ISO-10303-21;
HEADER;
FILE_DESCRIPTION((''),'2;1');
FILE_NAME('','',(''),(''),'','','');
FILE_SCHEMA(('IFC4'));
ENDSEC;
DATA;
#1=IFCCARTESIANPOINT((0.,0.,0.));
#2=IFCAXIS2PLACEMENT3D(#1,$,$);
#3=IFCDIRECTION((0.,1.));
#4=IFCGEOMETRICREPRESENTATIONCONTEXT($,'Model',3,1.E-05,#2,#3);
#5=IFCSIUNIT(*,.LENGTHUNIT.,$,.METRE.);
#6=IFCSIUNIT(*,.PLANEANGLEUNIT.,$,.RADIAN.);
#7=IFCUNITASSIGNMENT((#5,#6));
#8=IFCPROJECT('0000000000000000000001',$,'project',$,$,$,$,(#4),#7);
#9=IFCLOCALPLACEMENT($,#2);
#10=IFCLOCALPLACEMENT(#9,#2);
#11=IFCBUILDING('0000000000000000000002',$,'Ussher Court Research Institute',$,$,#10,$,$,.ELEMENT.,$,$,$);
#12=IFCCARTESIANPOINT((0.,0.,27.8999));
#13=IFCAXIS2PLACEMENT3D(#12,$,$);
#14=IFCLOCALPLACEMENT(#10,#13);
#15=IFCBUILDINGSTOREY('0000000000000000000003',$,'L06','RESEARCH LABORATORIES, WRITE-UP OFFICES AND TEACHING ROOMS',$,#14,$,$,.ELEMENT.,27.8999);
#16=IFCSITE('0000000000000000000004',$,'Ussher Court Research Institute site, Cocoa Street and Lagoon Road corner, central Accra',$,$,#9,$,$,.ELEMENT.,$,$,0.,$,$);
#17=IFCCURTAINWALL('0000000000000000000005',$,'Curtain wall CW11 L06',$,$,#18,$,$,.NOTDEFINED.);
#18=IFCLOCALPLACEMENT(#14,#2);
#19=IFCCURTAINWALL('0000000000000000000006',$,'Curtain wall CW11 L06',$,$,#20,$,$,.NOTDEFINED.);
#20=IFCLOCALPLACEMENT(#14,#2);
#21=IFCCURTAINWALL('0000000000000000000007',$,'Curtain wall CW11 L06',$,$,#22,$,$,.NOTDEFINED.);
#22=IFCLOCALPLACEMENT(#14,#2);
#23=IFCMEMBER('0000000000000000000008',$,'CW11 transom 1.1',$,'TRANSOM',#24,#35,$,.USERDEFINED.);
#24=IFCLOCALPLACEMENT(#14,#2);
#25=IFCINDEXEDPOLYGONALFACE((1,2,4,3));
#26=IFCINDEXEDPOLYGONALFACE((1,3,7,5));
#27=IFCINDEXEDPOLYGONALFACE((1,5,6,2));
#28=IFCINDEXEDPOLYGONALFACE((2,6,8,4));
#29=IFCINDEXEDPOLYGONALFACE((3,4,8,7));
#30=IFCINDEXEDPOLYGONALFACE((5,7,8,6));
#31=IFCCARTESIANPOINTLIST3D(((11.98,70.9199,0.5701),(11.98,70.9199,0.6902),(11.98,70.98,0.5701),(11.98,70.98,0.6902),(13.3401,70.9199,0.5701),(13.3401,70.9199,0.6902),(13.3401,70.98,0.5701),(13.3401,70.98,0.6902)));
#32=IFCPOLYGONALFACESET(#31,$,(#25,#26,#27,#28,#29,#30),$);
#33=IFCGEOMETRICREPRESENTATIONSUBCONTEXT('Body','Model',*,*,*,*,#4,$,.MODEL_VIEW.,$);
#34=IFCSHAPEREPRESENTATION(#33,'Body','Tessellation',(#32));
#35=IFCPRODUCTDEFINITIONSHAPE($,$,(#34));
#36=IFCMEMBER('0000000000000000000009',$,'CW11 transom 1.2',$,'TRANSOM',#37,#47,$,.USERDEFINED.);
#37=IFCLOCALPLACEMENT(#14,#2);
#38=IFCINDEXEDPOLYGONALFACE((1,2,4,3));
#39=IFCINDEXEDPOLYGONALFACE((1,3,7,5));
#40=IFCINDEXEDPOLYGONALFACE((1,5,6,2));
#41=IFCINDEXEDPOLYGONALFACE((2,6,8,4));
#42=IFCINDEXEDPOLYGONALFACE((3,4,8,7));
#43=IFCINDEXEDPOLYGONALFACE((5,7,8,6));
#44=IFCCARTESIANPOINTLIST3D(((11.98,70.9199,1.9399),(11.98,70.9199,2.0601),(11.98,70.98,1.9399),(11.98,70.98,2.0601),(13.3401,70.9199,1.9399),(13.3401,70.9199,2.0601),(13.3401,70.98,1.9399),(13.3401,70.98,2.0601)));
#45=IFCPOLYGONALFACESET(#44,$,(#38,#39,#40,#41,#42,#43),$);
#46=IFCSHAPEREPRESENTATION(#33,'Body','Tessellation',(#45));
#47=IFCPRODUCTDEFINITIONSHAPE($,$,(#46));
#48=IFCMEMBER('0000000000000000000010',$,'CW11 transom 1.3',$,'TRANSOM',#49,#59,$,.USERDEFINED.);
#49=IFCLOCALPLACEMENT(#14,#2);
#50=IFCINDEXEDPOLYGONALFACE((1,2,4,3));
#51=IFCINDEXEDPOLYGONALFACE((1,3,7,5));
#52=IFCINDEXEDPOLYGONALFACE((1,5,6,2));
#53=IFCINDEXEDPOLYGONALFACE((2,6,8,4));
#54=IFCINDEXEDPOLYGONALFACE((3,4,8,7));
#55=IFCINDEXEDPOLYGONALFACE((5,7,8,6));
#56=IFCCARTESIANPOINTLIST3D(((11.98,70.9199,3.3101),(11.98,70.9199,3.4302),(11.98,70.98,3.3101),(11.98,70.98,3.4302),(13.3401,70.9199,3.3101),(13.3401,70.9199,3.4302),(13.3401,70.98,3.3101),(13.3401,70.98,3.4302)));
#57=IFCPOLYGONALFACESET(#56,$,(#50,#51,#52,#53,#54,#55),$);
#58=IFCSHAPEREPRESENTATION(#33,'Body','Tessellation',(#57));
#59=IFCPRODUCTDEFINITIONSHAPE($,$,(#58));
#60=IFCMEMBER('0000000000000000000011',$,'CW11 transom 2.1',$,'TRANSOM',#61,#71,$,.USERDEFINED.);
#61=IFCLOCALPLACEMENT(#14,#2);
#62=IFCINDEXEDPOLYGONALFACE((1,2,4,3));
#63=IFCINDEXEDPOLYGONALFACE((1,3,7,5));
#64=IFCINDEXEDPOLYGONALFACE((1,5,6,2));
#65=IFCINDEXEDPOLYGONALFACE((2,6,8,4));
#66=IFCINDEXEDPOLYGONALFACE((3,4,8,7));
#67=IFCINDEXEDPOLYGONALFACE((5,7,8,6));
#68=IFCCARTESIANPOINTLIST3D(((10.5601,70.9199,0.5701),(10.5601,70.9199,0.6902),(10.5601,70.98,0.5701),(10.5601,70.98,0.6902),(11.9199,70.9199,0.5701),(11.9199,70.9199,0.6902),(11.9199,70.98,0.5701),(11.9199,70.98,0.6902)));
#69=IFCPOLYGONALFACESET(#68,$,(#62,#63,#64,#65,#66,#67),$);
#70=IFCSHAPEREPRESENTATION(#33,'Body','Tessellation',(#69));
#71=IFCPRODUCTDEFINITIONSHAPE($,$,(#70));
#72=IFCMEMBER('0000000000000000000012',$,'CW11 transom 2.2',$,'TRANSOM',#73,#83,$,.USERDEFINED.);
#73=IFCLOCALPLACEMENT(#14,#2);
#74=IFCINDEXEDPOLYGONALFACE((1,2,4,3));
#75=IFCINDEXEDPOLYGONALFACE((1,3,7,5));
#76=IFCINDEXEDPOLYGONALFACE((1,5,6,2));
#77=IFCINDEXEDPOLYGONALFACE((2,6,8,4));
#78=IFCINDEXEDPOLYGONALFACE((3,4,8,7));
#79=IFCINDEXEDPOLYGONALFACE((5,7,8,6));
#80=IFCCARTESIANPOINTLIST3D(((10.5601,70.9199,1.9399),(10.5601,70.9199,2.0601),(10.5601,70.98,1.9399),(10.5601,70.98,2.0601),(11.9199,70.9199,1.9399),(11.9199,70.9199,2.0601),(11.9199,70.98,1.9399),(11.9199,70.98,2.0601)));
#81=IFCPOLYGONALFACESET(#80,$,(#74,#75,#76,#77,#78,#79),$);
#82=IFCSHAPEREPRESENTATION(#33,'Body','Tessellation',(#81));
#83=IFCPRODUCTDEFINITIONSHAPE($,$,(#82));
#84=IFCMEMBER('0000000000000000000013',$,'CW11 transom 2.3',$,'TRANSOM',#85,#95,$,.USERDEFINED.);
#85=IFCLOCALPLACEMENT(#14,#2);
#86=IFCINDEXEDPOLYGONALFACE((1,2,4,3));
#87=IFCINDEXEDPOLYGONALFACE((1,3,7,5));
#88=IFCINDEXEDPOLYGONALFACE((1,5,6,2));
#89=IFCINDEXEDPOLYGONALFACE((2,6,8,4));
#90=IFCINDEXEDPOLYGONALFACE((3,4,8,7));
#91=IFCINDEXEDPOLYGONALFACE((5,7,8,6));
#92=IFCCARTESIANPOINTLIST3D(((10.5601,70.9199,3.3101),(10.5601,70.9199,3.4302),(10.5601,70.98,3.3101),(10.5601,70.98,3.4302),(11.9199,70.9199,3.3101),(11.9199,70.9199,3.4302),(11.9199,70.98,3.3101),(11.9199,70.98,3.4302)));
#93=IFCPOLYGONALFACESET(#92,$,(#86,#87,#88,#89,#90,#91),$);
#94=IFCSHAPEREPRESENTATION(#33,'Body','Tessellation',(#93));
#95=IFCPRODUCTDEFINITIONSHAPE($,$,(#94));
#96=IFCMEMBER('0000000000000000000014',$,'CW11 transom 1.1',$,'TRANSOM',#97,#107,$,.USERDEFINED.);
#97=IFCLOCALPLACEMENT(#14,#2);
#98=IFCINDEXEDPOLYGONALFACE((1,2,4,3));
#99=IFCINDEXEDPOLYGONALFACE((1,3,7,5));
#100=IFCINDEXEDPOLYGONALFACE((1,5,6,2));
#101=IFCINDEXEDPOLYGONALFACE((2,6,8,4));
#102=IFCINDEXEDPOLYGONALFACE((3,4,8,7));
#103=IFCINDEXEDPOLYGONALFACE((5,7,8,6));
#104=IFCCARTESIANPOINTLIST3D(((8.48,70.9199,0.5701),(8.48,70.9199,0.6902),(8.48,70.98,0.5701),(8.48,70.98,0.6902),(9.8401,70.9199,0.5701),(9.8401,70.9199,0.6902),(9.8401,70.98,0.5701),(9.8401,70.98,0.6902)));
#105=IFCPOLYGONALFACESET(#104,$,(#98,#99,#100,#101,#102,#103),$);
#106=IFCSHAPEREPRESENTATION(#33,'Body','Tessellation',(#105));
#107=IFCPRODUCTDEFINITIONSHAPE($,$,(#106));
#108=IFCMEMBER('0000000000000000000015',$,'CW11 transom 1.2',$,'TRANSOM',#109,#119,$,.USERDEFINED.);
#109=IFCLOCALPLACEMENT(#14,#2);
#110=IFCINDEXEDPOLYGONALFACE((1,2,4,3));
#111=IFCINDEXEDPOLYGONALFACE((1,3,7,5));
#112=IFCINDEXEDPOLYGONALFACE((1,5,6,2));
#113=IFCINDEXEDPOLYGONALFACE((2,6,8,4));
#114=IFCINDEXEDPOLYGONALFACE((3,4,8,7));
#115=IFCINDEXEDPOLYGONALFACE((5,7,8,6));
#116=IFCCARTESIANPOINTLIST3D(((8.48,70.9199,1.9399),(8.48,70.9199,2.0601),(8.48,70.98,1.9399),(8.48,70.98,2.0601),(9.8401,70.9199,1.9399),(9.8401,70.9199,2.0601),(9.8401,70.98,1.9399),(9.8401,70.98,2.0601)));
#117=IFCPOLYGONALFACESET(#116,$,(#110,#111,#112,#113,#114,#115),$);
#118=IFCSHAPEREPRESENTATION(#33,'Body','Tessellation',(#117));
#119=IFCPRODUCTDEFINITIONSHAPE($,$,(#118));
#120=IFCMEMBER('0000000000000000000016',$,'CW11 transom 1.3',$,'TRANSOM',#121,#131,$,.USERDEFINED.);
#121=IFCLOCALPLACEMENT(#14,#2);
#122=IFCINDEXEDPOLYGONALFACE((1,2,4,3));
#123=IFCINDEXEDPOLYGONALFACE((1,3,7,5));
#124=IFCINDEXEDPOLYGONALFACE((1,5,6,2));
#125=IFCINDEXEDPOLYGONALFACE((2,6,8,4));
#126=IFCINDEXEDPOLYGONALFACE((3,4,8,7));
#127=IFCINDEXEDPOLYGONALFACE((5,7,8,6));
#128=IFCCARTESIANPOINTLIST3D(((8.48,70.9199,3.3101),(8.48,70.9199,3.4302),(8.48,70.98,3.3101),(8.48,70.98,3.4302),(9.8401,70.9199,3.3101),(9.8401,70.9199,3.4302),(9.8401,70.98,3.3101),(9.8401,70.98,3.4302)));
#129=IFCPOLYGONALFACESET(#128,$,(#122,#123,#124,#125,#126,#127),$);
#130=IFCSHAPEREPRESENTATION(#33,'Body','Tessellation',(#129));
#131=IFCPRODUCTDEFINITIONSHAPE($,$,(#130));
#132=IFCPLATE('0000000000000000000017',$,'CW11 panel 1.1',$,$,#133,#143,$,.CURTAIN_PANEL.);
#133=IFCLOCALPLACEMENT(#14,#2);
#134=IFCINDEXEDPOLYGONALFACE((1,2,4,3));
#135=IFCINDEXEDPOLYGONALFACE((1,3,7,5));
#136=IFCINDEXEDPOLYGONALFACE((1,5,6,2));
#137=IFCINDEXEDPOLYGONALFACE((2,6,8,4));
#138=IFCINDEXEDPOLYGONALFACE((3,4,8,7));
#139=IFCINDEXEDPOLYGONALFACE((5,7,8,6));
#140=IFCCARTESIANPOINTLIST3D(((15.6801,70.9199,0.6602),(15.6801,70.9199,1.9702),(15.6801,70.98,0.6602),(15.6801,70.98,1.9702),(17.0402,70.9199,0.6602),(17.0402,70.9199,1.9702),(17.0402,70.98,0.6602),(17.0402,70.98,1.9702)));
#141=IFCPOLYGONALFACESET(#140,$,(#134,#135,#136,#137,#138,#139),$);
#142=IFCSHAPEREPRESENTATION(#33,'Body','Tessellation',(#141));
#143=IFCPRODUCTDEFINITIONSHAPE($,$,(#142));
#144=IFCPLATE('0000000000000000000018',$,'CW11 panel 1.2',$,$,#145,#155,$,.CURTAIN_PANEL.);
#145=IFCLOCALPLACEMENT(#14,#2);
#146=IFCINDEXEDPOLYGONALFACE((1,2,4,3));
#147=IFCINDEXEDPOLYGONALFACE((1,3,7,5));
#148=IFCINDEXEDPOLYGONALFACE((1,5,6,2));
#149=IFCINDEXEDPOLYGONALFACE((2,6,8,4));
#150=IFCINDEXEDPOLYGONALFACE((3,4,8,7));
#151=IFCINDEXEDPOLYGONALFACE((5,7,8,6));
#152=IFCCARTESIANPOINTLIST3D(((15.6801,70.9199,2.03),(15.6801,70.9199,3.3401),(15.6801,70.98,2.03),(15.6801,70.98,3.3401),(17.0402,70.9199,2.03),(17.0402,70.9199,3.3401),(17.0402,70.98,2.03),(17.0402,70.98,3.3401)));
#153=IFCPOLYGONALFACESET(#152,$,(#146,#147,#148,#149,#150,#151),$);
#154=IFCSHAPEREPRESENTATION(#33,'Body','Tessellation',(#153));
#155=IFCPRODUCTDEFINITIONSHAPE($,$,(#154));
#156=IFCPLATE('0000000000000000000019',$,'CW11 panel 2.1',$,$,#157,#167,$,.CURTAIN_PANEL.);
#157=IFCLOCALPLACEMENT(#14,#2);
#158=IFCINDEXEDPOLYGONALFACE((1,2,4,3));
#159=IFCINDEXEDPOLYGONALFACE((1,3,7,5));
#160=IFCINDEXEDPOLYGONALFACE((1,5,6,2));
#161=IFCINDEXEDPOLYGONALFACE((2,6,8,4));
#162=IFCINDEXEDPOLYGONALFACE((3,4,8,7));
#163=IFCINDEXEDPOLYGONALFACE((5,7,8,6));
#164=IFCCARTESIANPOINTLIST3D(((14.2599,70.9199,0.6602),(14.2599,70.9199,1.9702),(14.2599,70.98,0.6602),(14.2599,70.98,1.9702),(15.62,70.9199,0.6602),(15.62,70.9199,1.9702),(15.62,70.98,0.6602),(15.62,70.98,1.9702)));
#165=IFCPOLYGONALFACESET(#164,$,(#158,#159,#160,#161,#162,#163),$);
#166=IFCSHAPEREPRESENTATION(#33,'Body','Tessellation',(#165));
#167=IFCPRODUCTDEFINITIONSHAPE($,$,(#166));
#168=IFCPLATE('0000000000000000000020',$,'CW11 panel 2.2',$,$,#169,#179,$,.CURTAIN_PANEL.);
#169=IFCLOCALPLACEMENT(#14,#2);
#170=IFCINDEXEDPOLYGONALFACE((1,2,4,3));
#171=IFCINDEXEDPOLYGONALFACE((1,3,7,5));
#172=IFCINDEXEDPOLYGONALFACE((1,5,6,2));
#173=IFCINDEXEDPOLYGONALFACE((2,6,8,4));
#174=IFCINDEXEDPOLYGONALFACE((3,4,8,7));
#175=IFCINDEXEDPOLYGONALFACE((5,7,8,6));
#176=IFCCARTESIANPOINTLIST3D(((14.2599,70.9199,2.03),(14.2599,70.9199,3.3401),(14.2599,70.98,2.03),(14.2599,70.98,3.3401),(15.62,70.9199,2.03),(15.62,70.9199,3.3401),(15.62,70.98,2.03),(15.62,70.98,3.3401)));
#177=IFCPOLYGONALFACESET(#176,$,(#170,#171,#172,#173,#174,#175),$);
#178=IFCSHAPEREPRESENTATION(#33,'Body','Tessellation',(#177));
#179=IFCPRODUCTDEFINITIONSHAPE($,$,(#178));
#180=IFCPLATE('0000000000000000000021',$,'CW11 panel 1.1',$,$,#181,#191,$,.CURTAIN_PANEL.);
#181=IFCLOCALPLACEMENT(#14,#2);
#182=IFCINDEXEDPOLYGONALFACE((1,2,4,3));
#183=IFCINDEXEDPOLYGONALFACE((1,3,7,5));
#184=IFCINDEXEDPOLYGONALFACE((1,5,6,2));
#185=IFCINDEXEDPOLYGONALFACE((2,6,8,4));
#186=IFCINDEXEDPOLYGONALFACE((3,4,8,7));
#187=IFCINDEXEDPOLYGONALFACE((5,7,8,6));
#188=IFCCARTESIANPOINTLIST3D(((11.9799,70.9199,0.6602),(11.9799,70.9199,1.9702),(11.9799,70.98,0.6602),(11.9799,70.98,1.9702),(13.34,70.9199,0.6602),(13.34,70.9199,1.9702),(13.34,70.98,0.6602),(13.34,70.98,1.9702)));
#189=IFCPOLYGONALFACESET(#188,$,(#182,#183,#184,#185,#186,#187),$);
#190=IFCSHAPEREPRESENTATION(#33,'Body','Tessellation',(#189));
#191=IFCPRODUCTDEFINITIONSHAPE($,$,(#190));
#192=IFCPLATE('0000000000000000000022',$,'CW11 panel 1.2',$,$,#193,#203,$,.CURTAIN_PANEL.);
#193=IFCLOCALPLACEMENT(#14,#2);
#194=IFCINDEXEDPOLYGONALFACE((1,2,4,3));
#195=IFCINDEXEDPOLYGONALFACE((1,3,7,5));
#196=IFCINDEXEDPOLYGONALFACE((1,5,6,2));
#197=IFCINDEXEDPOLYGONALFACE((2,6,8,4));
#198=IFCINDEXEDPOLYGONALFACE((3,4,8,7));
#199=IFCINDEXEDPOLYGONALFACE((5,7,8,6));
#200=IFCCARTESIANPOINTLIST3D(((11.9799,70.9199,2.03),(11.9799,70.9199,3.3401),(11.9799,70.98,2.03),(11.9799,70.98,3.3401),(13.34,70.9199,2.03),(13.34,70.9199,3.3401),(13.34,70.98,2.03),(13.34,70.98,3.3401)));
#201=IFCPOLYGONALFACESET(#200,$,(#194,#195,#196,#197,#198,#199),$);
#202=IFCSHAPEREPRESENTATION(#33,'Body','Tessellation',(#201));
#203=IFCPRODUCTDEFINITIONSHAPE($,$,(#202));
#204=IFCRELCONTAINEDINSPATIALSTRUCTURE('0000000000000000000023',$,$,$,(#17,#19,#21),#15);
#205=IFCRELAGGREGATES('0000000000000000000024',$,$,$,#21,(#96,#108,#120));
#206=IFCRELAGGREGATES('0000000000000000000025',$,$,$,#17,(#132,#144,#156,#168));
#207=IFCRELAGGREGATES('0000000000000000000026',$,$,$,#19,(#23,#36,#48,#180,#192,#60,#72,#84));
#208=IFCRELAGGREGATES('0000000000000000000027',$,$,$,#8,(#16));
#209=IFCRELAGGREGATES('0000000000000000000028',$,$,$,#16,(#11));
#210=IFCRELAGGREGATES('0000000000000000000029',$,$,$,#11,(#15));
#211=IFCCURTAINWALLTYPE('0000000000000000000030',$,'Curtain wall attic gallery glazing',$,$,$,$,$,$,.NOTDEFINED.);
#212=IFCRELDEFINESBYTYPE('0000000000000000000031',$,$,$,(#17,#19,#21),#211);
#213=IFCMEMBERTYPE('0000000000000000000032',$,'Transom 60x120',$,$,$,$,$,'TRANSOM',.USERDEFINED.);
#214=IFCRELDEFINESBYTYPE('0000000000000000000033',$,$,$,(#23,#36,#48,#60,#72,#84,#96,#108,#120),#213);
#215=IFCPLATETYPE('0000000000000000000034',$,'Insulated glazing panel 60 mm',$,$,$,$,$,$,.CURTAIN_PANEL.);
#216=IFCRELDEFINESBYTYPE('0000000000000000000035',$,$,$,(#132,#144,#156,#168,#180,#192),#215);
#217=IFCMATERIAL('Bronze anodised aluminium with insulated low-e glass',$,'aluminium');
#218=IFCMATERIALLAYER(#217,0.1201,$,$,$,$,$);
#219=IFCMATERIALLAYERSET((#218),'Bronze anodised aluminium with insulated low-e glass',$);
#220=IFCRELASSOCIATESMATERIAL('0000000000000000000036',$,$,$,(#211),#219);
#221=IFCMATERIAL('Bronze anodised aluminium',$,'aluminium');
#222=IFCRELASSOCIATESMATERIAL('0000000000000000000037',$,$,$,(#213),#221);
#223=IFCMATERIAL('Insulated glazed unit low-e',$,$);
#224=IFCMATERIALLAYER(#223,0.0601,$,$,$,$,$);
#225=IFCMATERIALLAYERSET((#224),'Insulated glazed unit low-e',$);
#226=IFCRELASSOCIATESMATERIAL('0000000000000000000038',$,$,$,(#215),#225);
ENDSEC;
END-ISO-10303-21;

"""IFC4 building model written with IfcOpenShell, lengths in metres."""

from ifc_helpers import new_model, si_unit, direction, frame, origin, origin_2d, place, context, subcontext, project, spatial, rectangle, extrude, material, layer, layer_set, material_profile, profile_set, type_object, element, aggregate, save


model = new_model("IFC4")

# Units and contexts
model_context = context("Model", 3, precision=1e-05, world=origin(), true_north=direction((0.0, 1.0)))
body_context = subcontext(model_context, "Body", "Model", "MODEL_VIEW")
ifc_project = project(units=[si_unit("LENGTHUNIT", "METRE"), si_unit("PLANEANGLEUNIT", "RADIAN")], contexts=[model_context])

# Site, building, storey
site_placement = place(None, origin())
site = spatial("IfcSite", under=ifc_project, at=site_placement, Name="Ussher Court Research Institute site, Cocoa Street and Lagoon Road corner, central Accra", CompositionType="ELEMENT", RefElevation=0.0)
building_placement = place(site_placement, origin())
building = spatial("IfcBuilding", under=site, at=building_placement, Name="Ussher Court Research Institute", CompositionType="ELEMENT")
storey_placement = place(building_placement, frame((0.0, 0.0, 27.8999)))
storey = spatial("IfcBuildingStorey", under=building, at=storey_placement, Name="L06", Description="RESEARCH LABORATORIES, WRITE-UP OFFICES AND TEACHING ROOMS", CompositionType="ELEMENT", Elevation=27.8999)

# Curtain walls
ifc_material_1 = material(Name="Bronze anodised aluminium with insulated low-e glass", Category="aluminium")
ifc_layer_1 = layer(ifc_material_1, 0.1201)
ifc_layer_set_1 = layer_set([ifc_layer_1], Name="Bronze anodised aluminium with insulated low-e glass")
curtain_wall_type = type_object("IfcCurtainWallType", Name="Curtain wall attic gallery glazing", PredefinedType="NOTDEFINED", material=ifc_layer_set_1)
curtain_wall_1_placement = place(storey_placement, origin())
curtain_wall_1 = element("IfcCurtainWall", 1, at=curtain_wall_1_placement, inside=storey, type_object=curtain_wall_type, Name="Curtain wall CW11 L06", PredefinedType="NOTDEFINED")
curtain_wall_2_placement = place(storey_placement, origin())
curtain_wall_2 = element("IfcCurtainWall", 2, at=curtain_wall_2_placement, inside=storey, type_object=curtain_wall_type, Name="Curtain wall CW11 L06", PredefinedType="NOTDEFINED")

# Curtain wall
curtain_wall_3_placement = place(storey_placement, origin())
curtain_wall_3 = element("IfcCurtainWall", 3, at=curtain_wall_3_placement, inside=storey, type_object=curtain_wall_type, Name="Curtain wall CW11 L06", PredefinedType="NOTDEFINED")

# Members
ifc_material_2 = material(Name="Bronze anodised aluminium", Category="aluminium")
ifc_material_profile_1 = material_profile(ifc_material_2, rectangle(XDim=0.0601, YDim=0.1201, at=origin_2d()), Name="Transom 60x120")
ifc_profile_set_1 = profile_set([ifc_material_profile_1], Name="Bronze anodised aluminium")
member_type_1 = type_object("IfcMemberType", Name="Transom 60x120", ElementType="TRANSOM", PredefinedType="USERDEFINED", material=ifc_profile_set_1)
member_1_placement = place(storey_placement, frame((13.3401, 70.95, 0.6301), z_axis=(-1.0, 0.0, 0.0), x_axis=(0.0, -1.0, 0.0)))
member_1 = element("IfcMember", 4, at=member_1_placement, type_object=member_type_1, Name="CW11 transom 1.1", ObjectType="TRANSOM", PredefinedType="USERDEFINED", context=body_context, shape_type="SweptSolid", body=[
    extrude(rectangle(XDim=0.0601, YDim=0.1201, at=origin_2d()), origin(), (0.0, 0.0, 1.0), 1.3601),
])
member_2_placement = place(storey_placement, frame((13.3401, 70.95, 2.0), z_axis=(-1.0, 0.0, 0.0), x_axis=(0.0, -1.0, 0.0)))
member_2 = element("IfcMember", 5, at=member_2_placement, type_object=member_type_1, Name="CW11 transom 1.2", ObjectType="TRANSOM", PredefinedType="USERDEFINED", context=body_context, shape_type="SweptSolid", body=[
    extrude(rectangle(XDim=0.0601, YDim=0.1201, at=origin_2d()), origin(), (0.0, 0.0, 1.0), 1.3601),
])
member_3_placement = place(storey_placement, frame((13.3401, 70.95, 3.3701), z_axis=(-1.0, 0.0, 0.0), x_axis=(0.0, -1.0, 0.0)))
member_3 = element("IfcMember", 6, at=member_3_placement, type_object=member_type_1, Name="CW11 transom 1.3", ObjectType="TRANSOM", PredefinedType="USERDEFINED", context=body_context, shape_type="SweptSolid", body=[
    extrude(rectangle(XDim=0.0601, YDim=0.1201, at=origin_2d()), origin(), (0.0, 0.0, 1.0), 1.3601),
])
member_4_placement = place(storey_placement, frame((11.9199, 70.95, 0.6301), z_axis=(-1.0, 0.0, 0.0), x_axis=(0.0, -1.0, 0.0)))
member_4 = element("IfcMember", 7, at=member_4_placement, type_object=member_type_1, Name="CW11 transom 2.1", ObjectType="TRANSOM", PredefinedType="USERDEFINED", context=body_context, shape_type="SweptSolid", body=[
    extrude(rectangle(XDim=0.0601, YDim=0.1201, at=origin_2d()), origin(), (0.0, 0.0, 1.0), 1.3599),
])
member_5_placement = place(storey_placement, frame((11.9199, 70.95, 2.0), z_axis=(-1.0, 0.0, 0.0), x_axis=(0.0, -1.0, 0.0)))
member_5 = element("IfcMember", 8, at=member_5_placement, type_object=member_type_1, Name="CW11 transom 2.2", ObjectType="TRANSOM", PredefinedType="USERDEFINED", context=body_context, shape_type="SweptSolid", body=[
    extrude(rectangle(XDim=0.0601, YDim=0.1201, at=origin_2d()), origin(), (0.0, 0.0, 1.0), 1.3599),
])
member_6_placement = place(storey_placement, frame((11.9199, 70.95, 3.3701), z_axis=(-1.0, 0.0, 0.0), x_axis=(0.0, -1.0, 0.0)))
member_6 = element("IfcMember", 9, at=member_6_placement, type_object=member_type_1, Name="CW11 transom 2.3", ObjectType="TRANSOM", PredefinedType="USERDEFINED", context=body_context, shape_type="SweptSolid", body=[
    extrude(rectangle(XDim=0.0601, YDim=0.1201, at=origin_2d()), origin(), (0.0, 0.0, 1.0), 1.3599),
])
member_7_placement = place(storey_placement, frame((9.8401, 70.95, 0.6301), z_axis=(-1.0, 0.0, 0.0), x_axis=(0.0, -1.0, 0.0)))
member_7 = element("IfcMember", 10, at=member_7_placement, type_object=member_type_1, Name="CW11 transom 1.1", ObjectType="TRANSOM", PredefinedType="USERDEFINED", context=body_context, shape_type="SweptSolid", body=[
    extrude(rectangle(XDim=0.0601, YDim=0.1201, at=origin_2d()), origin(), (0.0, 0.0, 1.0), 1.3601),
])
member_8_placement = place(storey_placement, frame((9.8401, 70.95, 2.0), z_axis=(-1.0, 0.0, 0.0), x_axis=(0.0, -1.0, 0.0)))
member_8 = element("IfcMember", 11, at=member_8_placement, type_object=member_type_1, Name="CW11 transom 1.2", ObjectType="TRANSOM", PredefinedType="USERDEFINED", context=body_context, shape_type="SweptSolid", body=[
    extrude(rectangle(XDim=0.0601, YDim=0.1201, at=origin_2d()), origin(), (0.0, 0.0, 1.0), 1.3601),
])
member_9_placement = place(storey_placement, frame((9.8401, 70.95, 3.3701), z_axis=(-1.0, 0.0, 0.0), x_axis=(0.0, -1.0, 0.0)))
member_9 = element("IfcMember", 12, at=member_9_placement, type_object=member_type_1, Name="CW11 transom 1.3", ObjectType="TRANSOM", PredefinedType="USERDEFINED", context=body_context, shape_type="SweptSolid", body=[
    extrude(rectangle(XDim=0.0601, YDim=0.1201, at=origin_2d()), origin(), (0.0, 0.0, 1.0), 1.3601),
])
aggregate(curtain_wall_3, [member_7, member_8, member_9])

# Plates
ifc_material_3 = material(Name="Insulated glazed unit low-e")
ifc_layer_2 = layer(ifc_material_3, 0.0601)
ifc_layer_set_2 = layer_set([ifc_layer_2], Name="Insulated glazed unit low-e")
plate_type = type_object("IfcPlateType", Name="Insulated glazing panel 60 mm", PredefinedType="CURTAIN_PANEL", material=ifc_layer_set_2)
plate_1_placement = place(storey_placement, frame((16.3601, 70.95, 0.6602), z_axis=(0.0, 0.0, 1.0), x_axis=(-1.0, 0.0, 0.0)))
plate_1 = element("IfcPlate", 13, at=plate_1_placement, type_object=plate_type, Name="CW11 panel 1.1", PredefinedType="CURTAIN_PANEL", context=body_context, shape_type="SweptSolid", body=[
    extrude(rectangle(XDim=1.3601, YDim=0.0601, at=origin_2d()), origin(), (0.0, 0.0, 1.0), 1.3101),
])
plate_2_placement = place(storey_placement, frame((16.3601, 70.95, 2.03), z_axis=(0.0, 0.0, 1.0), x_axis=(-1.0, 0.0, 0.0)))
plate_2 = element("IfcPlate", 14, at=plate_2_placement, type_object=plate_type, Name="CW11 panel 1.2", PredefinedType="CURTAIN_PANEL", context=body_context, shape_type="SweptSolid", body=[
    extrude(rectangle(XDim=1.3601, YDim=0.0601, at=origin_2d()), origin(), (0.0, 0.0, 1.0), 1.3101),
])
plate_3_placement = place(storey_placement, frame((14.9399, 70.95, 0.6602), z_axis=(0.0, 0.0, 1.0), x_axis=(-1.0, 0.0, 0.0)))
plate_3 = element("IfcPlate", 15, at=plate_3_placement, type_object=plate_type, Name="CW11 panel 2.1", PredefinedType="CURTAIN_PANEL", context=body_context, shape_type="SweptSolid", body=[
    extrude(rectangle(XDim=1.3601, YDim=0.0601, at=origin_2d()), origin(), (0.0, 0.0, 1.0), 1.3101),
])
plate_4_placement = place(storey_placement, frame((14.9399, 70.95, 2.03), z_axis=(0.0, 0.0, 1.0), x_axis=(-1.0, 0.0, 0.0)))
plate_4 = element("IfcPlate", 16, at=plate_4_placement, type_object=plate_type, Name="CW11 panel 2.2", PredefinedType="CURTAIN_PANEL", context=body_context, shape_type="SweptSolid", body=[
    extrude(rectangle(XDim=1.3601, YDim=0.0601, at=origin_2d()), origin(), (0.0, 0.0, 1.0), 1.3101),
])
aggregate(curtain_wall_1, [plate_1, plate_2, plate_3, plate_4])
plate_5_placement = place(storey_placement, frame((12.6599, 70.95, 0.6602), z_axis=(0.0, 0.0, 1.0), x_axis=(-1.0, 0.0, 0.0)))
plate_5 = element("IfcPlate", 17, at=plate_5_placement, type_object=plate_type, Name="CW11 panel 1.1", PredefinedType="CURTAIN_PANEL", context=body_context, shape_type="SweptSolid", body=[
    extrude(rectangle(XDim=1.3601, YDim=0.0601, at=origin_2d()), origin(), (0.0, 0.0, 1.0), 1.3101),
])
plate_6_placement = place(storey_placement, frame((12.6599, 70.95, 2.03), z_axis=(0.0, 0.0, 1.0), x_axis=(-1.0, 0.0, 0.0)))
plate_6 = element("IfcPlate", 18, at=plate_6_placement, type_object=plate_type, Name="CW11 panel 1.2", PredefinedType="CURTAIN_PANEL", context=body_context, shape_type="SweptSolid", body=[
    extrude(rectangle(XDim=1.3601, YDim=0.0601, at=origin_2d()), origin(), (0.0, 0.0, 1.0), 1.3101),
])
aggregate(curtain_wall_2, [member_1, member_2, member_3, plate_5, plate_6, member_4, member_5, member_6])

save(model, "model.ifc")
